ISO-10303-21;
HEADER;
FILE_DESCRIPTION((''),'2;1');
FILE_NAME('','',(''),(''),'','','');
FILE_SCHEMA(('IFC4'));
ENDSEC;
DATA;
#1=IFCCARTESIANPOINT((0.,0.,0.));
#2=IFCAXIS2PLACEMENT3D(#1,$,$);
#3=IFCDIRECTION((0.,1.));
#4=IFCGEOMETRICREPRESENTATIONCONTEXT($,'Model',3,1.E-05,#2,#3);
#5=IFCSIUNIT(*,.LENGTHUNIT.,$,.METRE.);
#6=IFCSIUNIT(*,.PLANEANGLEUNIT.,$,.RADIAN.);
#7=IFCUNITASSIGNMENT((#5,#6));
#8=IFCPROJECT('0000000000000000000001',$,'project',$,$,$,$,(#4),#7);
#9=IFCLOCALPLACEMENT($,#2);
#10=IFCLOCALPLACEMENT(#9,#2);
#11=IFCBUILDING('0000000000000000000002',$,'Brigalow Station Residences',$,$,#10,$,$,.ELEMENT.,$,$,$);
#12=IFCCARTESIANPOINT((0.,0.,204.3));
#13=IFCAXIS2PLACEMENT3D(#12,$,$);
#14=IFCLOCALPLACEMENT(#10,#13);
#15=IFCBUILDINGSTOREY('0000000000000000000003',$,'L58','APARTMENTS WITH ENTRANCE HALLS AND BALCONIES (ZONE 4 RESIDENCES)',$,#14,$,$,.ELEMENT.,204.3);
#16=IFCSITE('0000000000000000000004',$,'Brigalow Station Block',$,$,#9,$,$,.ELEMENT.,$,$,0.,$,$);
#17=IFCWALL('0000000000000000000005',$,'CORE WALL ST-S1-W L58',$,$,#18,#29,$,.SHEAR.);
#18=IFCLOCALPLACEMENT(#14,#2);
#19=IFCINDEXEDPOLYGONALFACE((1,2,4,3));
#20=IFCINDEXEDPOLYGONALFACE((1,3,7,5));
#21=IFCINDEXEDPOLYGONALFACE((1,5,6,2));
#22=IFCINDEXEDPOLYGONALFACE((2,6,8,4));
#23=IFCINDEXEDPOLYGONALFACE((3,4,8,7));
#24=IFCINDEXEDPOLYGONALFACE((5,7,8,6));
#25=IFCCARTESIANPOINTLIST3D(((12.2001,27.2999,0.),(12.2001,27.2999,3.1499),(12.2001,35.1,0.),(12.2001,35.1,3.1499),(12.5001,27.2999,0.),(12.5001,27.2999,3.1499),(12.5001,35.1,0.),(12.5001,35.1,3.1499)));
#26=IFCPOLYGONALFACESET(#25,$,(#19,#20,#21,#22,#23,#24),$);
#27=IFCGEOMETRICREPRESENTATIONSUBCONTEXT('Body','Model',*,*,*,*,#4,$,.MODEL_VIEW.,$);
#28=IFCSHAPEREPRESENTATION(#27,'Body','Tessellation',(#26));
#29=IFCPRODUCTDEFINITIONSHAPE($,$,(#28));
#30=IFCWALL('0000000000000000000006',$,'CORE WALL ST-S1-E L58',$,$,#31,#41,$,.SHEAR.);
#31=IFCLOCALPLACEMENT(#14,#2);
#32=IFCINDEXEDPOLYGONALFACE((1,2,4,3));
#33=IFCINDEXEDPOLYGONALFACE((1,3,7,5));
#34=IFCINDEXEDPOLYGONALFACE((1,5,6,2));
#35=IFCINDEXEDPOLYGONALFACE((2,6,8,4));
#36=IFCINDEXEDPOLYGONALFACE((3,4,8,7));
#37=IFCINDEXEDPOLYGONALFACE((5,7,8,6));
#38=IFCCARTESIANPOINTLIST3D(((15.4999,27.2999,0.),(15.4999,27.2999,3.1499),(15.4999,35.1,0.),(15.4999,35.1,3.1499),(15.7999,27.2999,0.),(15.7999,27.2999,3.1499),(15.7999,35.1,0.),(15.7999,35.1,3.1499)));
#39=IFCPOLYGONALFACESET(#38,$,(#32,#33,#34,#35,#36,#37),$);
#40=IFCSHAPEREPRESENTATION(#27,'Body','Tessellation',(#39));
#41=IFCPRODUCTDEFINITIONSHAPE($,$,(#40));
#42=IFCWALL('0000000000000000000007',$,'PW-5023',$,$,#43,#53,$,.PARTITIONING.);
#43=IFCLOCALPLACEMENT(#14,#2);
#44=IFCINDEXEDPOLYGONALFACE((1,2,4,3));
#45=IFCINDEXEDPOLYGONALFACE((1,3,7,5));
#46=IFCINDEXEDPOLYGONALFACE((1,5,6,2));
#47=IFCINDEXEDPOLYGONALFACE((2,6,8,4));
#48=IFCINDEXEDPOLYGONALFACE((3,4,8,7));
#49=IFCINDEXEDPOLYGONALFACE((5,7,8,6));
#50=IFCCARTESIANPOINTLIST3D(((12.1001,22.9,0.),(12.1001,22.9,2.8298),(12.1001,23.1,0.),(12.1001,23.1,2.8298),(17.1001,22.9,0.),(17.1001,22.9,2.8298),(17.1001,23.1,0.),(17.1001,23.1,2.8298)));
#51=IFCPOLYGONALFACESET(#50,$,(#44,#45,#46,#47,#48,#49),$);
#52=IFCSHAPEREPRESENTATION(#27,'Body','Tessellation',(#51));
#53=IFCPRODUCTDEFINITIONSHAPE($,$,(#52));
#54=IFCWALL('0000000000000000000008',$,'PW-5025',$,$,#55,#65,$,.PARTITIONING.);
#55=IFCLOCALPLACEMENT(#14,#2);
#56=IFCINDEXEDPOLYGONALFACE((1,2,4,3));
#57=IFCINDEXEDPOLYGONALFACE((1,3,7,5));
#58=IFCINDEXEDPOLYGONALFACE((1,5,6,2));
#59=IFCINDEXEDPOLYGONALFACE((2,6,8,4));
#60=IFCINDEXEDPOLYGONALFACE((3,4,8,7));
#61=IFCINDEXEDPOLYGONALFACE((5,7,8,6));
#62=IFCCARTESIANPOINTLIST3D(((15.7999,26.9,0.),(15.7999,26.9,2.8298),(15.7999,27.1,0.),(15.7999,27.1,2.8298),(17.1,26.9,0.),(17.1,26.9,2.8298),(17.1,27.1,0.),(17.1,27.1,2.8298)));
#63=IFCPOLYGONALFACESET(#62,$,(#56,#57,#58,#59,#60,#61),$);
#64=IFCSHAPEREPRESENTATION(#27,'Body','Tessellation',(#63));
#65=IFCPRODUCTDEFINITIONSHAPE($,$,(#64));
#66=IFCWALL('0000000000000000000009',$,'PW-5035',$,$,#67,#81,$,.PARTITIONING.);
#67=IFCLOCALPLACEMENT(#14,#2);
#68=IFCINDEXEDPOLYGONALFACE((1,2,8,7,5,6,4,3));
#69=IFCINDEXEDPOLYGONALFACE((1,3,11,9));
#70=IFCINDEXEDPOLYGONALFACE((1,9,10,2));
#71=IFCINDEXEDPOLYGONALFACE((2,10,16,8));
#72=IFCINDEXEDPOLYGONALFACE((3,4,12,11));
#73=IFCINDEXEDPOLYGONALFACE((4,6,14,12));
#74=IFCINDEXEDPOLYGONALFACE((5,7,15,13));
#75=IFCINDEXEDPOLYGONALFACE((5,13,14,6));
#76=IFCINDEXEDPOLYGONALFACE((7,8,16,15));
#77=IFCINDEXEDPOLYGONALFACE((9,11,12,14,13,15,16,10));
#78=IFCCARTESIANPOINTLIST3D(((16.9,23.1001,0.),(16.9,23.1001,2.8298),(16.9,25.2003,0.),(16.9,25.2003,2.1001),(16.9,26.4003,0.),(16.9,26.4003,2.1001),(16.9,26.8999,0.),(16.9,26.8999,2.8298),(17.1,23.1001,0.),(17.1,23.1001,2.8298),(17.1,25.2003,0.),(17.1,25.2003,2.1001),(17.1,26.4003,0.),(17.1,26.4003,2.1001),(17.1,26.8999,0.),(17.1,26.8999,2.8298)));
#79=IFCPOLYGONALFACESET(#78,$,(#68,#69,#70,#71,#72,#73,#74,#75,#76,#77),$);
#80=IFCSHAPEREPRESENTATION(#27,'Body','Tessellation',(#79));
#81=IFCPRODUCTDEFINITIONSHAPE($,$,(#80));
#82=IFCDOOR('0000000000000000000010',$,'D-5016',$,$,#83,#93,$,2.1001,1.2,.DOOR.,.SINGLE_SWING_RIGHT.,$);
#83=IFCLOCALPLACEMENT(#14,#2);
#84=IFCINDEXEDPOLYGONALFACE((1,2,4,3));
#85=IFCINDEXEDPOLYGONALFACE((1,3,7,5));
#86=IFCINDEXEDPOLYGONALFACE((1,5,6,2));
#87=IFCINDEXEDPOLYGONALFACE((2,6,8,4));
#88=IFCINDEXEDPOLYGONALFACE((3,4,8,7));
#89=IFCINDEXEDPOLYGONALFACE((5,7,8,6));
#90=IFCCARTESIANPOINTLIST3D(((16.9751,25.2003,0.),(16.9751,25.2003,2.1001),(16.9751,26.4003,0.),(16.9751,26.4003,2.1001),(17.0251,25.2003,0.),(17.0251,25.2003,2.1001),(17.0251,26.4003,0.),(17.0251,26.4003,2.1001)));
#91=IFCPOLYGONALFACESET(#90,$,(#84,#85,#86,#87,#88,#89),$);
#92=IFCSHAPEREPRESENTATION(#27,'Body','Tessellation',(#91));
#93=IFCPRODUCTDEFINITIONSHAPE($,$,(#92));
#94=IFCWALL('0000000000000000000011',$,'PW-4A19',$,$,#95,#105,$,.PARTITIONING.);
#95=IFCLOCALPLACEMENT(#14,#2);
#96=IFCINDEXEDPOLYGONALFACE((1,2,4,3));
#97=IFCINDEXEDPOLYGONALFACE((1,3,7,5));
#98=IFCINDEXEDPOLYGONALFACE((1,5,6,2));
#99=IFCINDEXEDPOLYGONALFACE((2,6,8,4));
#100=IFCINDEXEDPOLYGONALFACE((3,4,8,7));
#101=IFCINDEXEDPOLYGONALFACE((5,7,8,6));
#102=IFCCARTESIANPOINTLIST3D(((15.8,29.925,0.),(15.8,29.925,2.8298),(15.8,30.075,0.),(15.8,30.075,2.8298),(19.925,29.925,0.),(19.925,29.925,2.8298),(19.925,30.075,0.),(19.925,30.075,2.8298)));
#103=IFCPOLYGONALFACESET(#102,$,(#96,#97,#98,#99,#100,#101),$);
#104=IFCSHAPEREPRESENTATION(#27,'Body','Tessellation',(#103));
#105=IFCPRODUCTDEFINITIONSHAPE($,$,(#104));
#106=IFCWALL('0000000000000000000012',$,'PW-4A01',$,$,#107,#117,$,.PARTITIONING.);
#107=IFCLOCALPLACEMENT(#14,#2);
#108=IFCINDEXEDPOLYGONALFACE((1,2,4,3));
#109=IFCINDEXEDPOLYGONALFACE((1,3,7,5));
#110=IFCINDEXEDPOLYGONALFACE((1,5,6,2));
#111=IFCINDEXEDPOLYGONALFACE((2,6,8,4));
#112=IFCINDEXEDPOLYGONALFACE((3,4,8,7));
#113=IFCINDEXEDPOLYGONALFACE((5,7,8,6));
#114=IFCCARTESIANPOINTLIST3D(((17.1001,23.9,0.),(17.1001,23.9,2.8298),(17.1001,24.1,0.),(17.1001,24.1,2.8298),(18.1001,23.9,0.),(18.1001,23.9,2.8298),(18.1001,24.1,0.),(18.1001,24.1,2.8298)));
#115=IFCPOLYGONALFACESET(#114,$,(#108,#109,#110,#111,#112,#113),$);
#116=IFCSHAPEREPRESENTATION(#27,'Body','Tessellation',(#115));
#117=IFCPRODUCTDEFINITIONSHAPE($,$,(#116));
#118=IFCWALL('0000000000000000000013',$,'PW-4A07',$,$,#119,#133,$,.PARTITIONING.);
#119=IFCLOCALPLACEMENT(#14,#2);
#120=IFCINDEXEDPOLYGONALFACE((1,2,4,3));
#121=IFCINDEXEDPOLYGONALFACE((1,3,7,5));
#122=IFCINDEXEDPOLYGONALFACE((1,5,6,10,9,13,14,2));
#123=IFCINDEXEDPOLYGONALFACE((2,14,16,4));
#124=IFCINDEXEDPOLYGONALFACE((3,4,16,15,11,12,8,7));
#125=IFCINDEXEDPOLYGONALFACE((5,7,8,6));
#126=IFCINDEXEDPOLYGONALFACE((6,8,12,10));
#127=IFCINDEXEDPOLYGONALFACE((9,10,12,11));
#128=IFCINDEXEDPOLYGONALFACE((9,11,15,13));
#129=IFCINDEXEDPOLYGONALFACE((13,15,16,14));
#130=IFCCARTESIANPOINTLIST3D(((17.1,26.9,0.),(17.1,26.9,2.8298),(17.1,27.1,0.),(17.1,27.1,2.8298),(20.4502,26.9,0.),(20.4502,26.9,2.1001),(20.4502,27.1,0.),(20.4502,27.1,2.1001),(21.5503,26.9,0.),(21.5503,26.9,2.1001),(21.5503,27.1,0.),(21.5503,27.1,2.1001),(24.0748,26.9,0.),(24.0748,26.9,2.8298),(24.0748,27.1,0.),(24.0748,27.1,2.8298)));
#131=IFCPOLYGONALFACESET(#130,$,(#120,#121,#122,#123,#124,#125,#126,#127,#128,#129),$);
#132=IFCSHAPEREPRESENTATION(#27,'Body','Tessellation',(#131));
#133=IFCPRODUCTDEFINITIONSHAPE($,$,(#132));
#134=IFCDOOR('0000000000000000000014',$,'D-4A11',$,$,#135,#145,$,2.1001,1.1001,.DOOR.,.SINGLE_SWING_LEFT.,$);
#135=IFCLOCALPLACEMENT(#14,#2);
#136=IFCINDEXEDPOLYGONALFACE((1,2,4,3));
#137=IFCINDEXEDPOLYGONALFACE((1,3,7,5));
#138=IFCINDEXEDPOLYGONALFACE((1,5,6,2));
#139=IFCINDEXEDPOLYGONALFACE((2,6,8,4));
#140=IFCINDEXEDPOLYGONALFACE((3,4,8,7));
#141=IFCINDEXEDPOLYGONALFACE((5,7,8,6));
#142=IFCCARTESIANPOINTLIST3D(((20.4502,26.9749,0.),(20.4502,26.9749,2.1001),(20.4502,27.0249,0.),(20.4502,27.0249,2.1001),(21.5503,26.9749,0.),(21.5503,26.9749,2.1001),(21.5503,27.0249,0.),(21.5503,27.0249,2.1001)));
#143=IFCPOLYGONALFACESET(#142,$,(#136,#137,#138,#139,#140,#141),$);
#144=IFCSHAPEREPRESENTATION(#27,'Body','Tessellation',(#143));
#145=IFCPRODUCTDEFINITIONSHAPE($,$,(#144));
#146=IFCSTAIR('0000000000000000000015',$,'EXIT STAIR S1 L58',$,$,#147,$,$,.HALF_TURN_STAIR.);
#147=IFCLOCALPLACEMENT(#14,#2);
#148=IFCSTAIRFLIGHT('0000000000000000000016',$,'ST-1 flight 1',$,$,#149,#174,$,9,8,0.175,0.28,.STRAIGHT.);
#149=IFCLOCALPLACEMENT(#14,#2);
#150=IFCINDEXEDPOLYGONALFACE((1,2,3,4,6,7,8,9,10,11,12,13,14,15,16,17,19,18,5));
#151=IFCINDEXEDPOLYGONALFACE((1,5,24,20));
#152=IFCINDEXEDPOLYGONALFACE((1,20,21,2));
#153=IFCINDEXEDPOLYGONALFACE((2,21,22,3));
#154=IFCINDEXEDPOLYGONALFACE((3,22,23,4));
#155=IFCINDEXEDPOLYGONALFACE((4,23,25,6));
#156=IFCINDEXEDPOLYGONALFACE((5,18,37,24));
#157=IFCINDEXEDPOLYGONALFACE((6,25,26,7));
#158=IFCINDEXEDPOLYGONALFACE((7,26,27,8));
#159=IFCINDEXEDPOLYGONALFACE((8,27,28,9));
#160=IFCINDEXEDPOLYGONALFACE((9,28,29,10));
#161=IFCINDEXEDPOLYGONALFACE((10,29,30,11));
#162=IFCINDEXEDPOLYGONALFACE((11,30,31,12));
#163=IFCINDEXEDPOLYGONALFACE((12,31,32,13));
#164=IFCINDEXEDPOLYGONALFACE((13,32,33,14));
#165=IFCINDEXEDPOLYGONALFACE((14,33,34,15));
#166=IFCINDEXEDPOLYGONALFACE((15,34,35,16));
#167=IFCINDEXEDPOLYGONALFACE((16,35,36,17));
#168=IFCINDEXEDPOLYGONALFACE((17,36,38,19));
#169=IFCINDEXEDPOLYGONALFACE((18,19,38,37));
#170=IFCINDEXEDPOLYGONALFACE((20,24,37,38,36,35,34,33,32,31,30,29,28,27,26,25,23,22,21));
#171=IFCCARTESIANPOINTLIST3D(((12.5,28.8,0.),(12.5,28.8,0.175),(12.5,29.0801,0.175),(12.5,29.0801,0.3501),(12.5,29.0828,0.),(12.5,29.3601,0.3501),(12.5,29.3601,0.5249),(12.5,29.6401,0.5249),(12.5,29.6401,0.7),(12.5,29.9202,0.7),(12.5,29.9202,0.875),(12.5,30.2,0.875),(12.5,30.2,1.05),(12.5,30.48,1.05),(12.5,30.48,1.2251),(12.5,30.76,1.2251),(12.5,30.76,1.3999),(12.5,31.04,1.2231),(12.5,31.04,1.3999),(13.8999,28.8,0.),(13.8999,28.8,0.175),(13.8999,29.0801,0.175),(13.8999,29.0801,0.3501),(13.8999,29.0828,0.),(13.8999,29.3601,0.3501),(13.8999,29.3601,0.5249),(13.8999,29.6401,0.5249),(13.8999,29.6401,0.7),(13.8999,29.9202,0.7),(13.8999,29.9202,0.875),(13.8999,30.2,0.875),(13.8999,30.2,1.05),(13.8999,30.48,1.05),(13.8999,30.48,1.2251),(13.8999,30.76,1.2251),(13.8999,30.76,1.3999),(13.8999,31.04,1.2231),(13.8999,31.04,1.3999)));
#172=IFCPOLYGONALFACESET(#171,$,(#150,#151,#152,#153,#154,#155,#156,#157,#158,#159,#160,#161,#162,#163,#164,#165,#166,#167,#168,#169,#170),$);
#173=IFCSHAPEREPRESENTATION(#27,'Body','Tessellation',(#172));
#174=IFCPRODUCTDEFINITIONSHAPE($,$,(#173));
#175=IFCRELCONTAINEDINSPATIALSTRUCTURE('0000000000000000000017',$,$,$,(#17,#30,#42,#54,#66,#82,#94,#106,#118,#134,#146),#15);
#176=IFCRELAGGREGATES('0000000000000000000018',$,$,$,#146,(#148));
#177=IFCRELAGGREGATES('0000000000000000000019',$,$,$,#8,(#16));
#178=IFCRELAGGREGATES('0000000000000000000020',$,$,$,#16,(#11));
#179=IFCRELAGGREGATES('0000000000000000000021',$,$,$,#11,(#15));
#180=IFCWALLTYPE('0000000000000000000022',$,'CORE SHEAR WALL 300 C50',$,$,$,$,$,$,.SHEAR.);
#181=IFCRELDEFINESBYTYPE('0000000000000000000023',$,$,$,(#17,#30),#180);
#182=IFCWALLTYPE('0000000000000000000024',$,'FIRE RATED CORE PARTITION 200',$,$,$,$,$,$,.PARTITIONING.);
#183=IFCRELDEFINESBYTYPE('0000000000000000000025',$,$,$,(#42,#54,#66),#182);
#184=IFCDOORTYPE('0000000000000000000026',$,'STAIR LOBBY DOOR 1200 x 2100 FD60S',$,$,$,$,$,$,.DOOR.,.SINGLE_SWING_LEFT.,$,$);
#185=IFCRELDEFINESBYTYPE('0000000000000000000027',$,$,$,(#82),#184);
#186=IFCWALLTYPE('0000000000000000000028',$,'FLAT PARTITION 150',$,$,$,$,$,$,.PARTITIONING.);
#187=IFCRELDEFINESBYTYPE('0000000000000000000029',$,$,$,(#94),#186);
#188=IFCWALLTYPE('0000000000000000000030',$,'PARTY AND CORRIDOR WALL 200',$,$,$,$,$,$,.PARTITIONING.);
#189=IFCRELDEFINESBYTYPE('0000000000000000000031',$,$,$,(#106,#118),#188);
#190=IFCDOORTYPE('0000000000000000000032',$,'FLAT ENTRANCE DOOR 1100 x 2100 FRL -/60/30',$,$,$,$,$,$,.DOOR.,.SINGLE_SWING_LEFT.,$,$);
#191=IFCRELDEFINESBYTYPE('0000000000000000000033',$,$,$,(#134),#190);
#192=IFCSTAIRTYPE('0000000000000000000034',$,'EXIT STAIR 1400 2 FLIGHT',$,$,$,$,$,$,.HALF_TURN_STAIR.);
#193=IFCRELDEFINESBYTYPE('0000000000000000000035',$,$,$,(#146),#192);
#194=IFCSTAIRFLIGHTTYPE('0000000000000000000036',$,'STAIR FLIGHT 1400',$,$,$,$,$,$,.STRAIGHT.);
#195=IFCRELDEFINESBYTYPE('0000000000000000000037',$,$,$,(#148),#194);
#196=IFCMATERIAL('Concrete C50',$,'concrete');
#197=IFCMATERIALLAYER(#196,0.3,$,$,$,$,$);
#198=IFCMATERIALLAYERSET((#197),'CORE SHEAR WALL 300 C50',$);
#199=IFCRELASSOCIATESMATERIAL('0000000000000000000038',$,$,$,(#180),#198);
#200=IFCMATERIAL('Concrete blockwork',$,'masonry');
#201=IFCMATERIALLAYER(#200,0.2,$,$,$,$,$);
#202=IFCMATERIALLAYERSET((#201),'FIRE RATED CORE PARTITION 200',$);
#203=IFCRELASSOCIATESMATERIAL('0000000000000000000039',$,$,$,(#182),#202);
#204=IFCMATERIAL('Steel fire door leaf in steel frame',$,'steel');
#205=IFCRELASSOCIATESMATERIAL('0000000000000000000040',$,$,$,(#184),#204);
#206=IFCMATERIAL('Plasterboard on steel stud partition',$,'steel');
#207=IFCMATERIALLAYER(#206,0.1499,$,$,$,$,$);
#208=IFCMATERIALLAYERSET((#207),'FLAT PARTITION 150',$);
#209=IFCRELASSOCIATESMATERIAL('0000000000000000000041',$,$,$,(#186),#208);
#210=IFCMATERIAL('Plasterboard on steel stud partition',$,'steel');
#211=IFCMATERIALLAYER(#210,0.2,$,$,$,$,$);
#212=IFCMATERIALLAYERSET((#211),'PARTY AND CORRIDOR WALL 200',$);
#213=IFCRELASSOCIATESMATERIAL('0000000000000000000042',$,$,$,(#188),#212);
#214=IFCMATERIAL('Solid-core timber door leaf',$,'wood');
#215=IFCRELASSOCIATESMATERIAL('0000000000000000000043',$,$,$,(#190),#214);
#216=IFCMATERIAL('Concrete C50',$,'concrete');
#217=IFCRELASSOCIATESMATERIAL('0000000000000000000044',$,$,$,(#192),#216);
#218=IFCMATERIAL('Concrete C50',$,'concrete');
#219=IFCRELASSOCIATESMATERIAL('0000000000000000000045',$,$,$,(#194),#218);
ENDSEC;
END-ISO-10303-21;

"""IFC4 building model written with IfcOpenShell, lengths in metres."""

from ifc_helpers import new_model, si_unit, direction, frame, frame_2d, origin, place, context, subcontext, project, spatial, polyline, rectangle, outline, extrude, material, layer, layer_set, type_object, element, fill, aggregate, save


model = new_model("IFC4")

# Units and contexts
model_context = context("Model", 3, precision=1e-05, world=origin(), true_north=direction((0.0, 1.0)))
body_context = subcontext(model_context, "Body", "Model", "MODEL_VIEW")
ifc_project = project(units=[si_unit("LENGTHUNIT", "METRE"), si_unit("PLANEANGLEUNIT", "RADIAN")], contexts=[model_context])

# Site, building, storey
site_placement = place(None, origin())
site = spatial("IfcSite", under=ifc_project, at=site_placement, Name="Brigalow Station Block", CompositionType="ELEMENT", RefElevation=0.0)
building_placement = place(site_placement, origin())
building = spatial("IfcBuilding", under=site, at=building_placement, Name="Brigalow Station Residences", CompositionType="ELEMENT")
storey_placement = place(building_placement, frame((0.0, 0.0, 204.3)))
storey = spatial("IfcBuildingStorey", under=building, at=storey_placement, Name="L58", Description="APARTMENTS WITH ENTRANCE HALLS AND BALCONIES (ZONE 4 RESIDENCES)", CompositionType="ELEMENT", Elevation=204.3)

# Shared definitions
ifc_material_1 = material(Name="Concrete C50", Category="concrete")
ifc_layer_1 = layer(ifc_material_1, 0.3)
ifc_layer_set_1 = layer_set([ifc_layer_1], Name="CORE SHEAR WALL 300 C50")
wall_type_1 = type_object("IfcWallType", Name="CORE SHEAR WALL 300 C50", PredefinedType="SHEAR", material=ifc_layer_set_1)

# Walls
for number, where, z_axis, x_axis, name in (
    (1, (12.3501, 27.3, 0.0), (0.0, 0.0, 1.0), (0.0, 1.0, 0.0), "CORE WALL ST-S1-W L58"),
    (2, (15.6499, 27.3, 0.0), (0.0, 0.0, 1.0), (0.0, 1.0, 0.0), "CORE WALL ST-S1-E L58"),
):
    element("IfcWall", number, at=place(storey_placement, frame(where, z_axis=z_axis, x_axis=x_axis)), inside=storey, type_object=wall_type_1, Name=name, PredefinedType="SHEAR", context=body_context, shape_type="SweptSolid", body=[
        extrude(rectangle(XDim=7.8, YDim=0.3, at=frame_2d((3.8999, 0.0))), origin(), (0.0, 0.0, 1.0), 3.1499),
    ])
ifc_material_2 = material(Name="Concrete blockwork", Category="masonry")
ifc_layer_2 = layer(ifc_material_2, 0.2)
ifc_layer_set_2 = layer_set([ifc_layer_2], Name="FIRE RATED CORE PARTITION 200")
wall_type_2 = type_object("IfcWallType", Name="FIRE RATED CORE PARTITION 200", PredefinedType="PARTITIONING", material=ifc_layer_set_2)
wall_1_placement = place(storey_placement, frame((12.1001, 23.0, 0.0), z_axis=(0.0, 0.0, 1.0), x_axis=(1.0, 0.0, 0.0)))
element("IfcWall", 3, at=wall_1_placement, inside=storey, type_object=wall_type_2, Name="PW-5023", PredefinedType="PARTITIONING", context=body_context, shape_type="SweptSolid", body=[
    extrude(rectangle(XDim=5.0, YDim=0.2, at=frame_2d((2.5, 0.0))), origin(), (0.0, 0.0, 1.0), 2.8298),
])
wall_2_placement = place(storey_placement, frame((15.8, 27.0, 0.0), z_axis=(0.0, 0.0, 1.0), x_axis=(1.0, 0.0, 0.0)))
element("IfcWall", 4, at=wall_2_placement, inside=storey, type_object=wall_type_2, Name="PW-5025", PredefinedType="PARTITIONING", context=body_context, shape_type="SweptSolid", body=[
    extrude(rectangle(XDim=1.3, YDim=0.2, at=frame_2d((0.6499, 0.0))), origin(), (0.0, 0.0, 1.0), 2.8298),
])

# Wall, opening, door
wall_3_placement = place(storey_placement, frame((17.0, 23.1001, 0.0), z_axis=(0.0, 0.0, 1.0), x_axis=(0.0, 1.0, 0.0)))
wall_3 = element("IfcWall", 5, at=wall_3_placement, inside=storey, type_object=wall_type_2, Name="PW-5035", PredefinedType="PARTITIONING", context=body_context, shape_type="SweptSolid", body=[
    extrude(rectangle(XDim=3.7998, YDim=0.2, at=frame_2d((1.8999, 0.0))), origin(), (0.0, 0.0, 1.0), 2.8298),
])
opening_1_placement = place(wall_3_placement, frame((2.1001, 0.0, 0.0)))
opening_1 = element("IfcOpeningElement", 6, at=opening_1_placement, cuts=wall_3, PredefinedType="OPENING", context=body_context, shape_type="SweptSolid", body=[
    extrude(rectangle(XDim=1.2, YDim=2.1001, at=frame_2d((0.6001, 1.05))), frame((0.0, 0.1099, 0.0), z_axis=(0.0, -1.0, 0.0), x_axis=(1.0, 0.0, 0.0)), (0.0, 0.0, 1.0), 0.22),
])
ifc_material_3 = material(Name="Steel fire door leaf in steel frame", Category="steel")
door_type_1 = type_object("IfcDoorType", Name="STAIR LOBBY DOOR 1200 x 2100 FD60S", OperationType="SINGLE_SWING_LEFT", PredefinedType="DOOR", material=ifc_material_3)
door_1_placement = place(opening_1_placement, origin())
door_1 = element("IfcDoor", 7, at=door_1_placement, inside=storey, type_object=door_type_1, Name="D-5016", OperationType="SINGLE_SWING_RIGHT", OverallHeight=2.1001, OverallWidth=1.2, PredefinedType="DOOR", context=body_context, shape_type="SweptSolid", body=[
    extrude(rectangle(XDim=1.2, YDim=2.1001, at=frame_2d((0.6001, 1.05))), frame((0.0, 0.0249, 0.0), z_axis=(0.0, -1.0, 0.0), x_axis=(1.0, 0.0, 0.0)), (0.0, 0.0, 1.0), 0.05),
])
fill(opening_1, door_1)

# Walls
ifc_material_4 = material(Name="Plasterboard on steel stud partition", Category="steel")
ifc_layer_3 = layer(ifc_material_4, 0.1499)
ifc_layer_set_3 = layer_set([ifc_layer_3], Name="FLAT PARTITION 150")
wall_type_3 = type_object("IfcWallType", Name="FLAT PARTITION 150", PredefinedType="PARTITIONING", material=ifc_layer_set_3)
wall_4_placement = place(storey_placement, frame((15.8, 30.0, 0.0), z_axis=(0.0, 0.0, 1.0), x_axis=(1.0, 0.0, 0.0)))
element("IfcWall", 8, at=wall_4_placement, inside=storey, type_object=wall_type_3, Name="PW-4A19", PredefinedType="PARTITIONING", context=body_context, shape_type="SweptSolid", body=[
    extrude(rectangle(XDim=4.125, YDim=0.1499, at=frame_2d((2.0625, 0.0))), origin(), (0.0, 0.0, 1.0), 2.8298),
])
ifc_material_5 = material(Name="Plasterboard on steel stud partition", Category="steel")
ifc_layer_4 = layer(ifc_material_5, 0.2)
ifc_layer_set_4 = layer_set([ifc_layer_4], Name="PARTY AND CORRIDOR WALL 200")
wall_type_4 = type_object("IfcWallType", Name="PARTY AND CORRIDOR WALL 200", PredefinedType="PARTITIONING", material=ifc_layer_set_4)
wall_5_placement = place(storey_placement, frame((17.1001, 24.0, 0.0), z_axis=(0.0, 0.0, 1.0), x_axis=(1.0, 0.0, 0.0)))
element("IfcWall", 9, at=wall_5_placement, inside=storey, type_object=wall_type_4, Name="PW-4A01", PredefinedType="PARTITIONING", context=body_context, shape_type="SweptSolid", body=[
    extrude(rectangle(XDim=1.0, YDim=0.2, at=frame_2d((0.5, 0.0))), origin(), (0.0, 0.0, 1.0), 2.8298),
])

# Wall, opening, door
wall_6_placement = place(storey_placement, frame((17.1001, 27.0, 0.0), z_axis=(0.0, 0.0, 1.0), x_axis=(1.0, 0.0, 0.0)))
wall_6 = element("IfcWall", 10, at=wall_6_placement, inside=storey, type_object=wall_type_4, Name="PW-4A07", PredefinedType="PARTITIONING", context=body_context, shape_type="SweptSolid", body=[
    extrude(rectangle(XDim=6.9749, YDim=0.2, at=frame_2d((3.4873, 0.0))), origin(), (0.0, 0.0, 1.0), 2.8298),
])
opening_2_placement = place(wall_6_placement, frame((3.3501, 0.0, 0.0)))
opening_2 = element("IfcOpeningElement", 11, at=opening_2_placement, cuts=wall_6, PredefinedType="OPENING", context=body_context, shape_type="SweptSolid", body=[
    extrude(rectangle(XDim=1.1001, YDim=2.1001, at=frame_2d((0.55, 1.05))), frame((0.0, 0.1099, 0.0), z_axis=(0.0, -1.0, 0.0), x_axis=(1.0, 0.0, 0.0)), (0.0, 0.0, 1.0), 0.22),
])
ifc_material_6 = material(Name="Solid-core timber door leaf", Category="wood")
door_type_2 = type_object("IfcDoorType", Name="FLAT ENTRANCE DOOR 1100 x 2100 FRL -/60/30", OperationType="SINGLE_SWING_LEFT", PredefinedType="DOOR", material=ifc_material_6)
door_2_placement = place(opening_2_placement, origin())
door_2 = element("IfcDoor", 12, at=door_2_placement, inside=storey, type_object=door_type_2, Name="D-4A11", OperationType="SINGLE_SWING_LEFT", OverallHeight=2.1001, OverallWidth=1.1001, PredefinedType="DOOR", context=body_context, shape_type="SweptSolid", body=[
    extrude(rectangle(XDim=1.1001, YDim=2.1001, at=frame_2d((0.55, 1.05))), frame((0.0, 0.0249, 0.0), z_axis=(0.0, -1.0, 0.0), x_axis=(1.0, 0.0, 0.0)), (0.0, 0.0, 1.0), 0.05),
])
fill(opening_2, door_2)

# Stair, stair flight
ifc_material_7 = material(Name="Concrete C50", Category="concrete")
stair_type = type_object("IfcStairType", Name="EXIT STAIR 1400 2 FLIGHT", PredefinedType="HALF_TURN_STAIR", material=ifc_material_7)
stair_placement = place(storey_placement, origin())
stair = element("IfcStair", 13, at=stair_placement, inside=storey, type_object=stair_type, Name="EXIT STAIR S1 L58", PredefinedType="HALF_TURN_STAIR")
ifc_material_8 = material(Name="Concrete C50", Category="concrete")
stair_flight_type = type_object("IfcStairFlightType", Name="STAIR FLIGHT 1400", PredefinedType="STRAIGHT", material=ifc_material_8)
stair_flight_1_placement = place(storey_placement, frame((13.2, 28.8, 0.0), z_axis=(0.0, 0.0, 1.0), x_axis=(0.0, 1.0, 0.0)))
stair_flight_1 = element("IfcStairFlight", 14, at=stair_flight_1_placement, type_object=stair_flight_type, Name="ST-1 flight 1", NumberOfRisers=9, NumberOfTreads=8, PredefinedType="STRAIGHT", RiserHeight=0.175, TreadLength=0.28, context=body_context, shape_type="SweptSolid", body=[
    extrude(outline(polyline([(0.0, 0.0), (0.0, 0.175), (0.28, 0.175), (0.28, 0.3501), (0.5601, 0.3501), (0.5601, 0.5249), (0.8401, 0.5249), (0.8401, 0.7), (1.1201, 0.7), (1.1201, 0.875), (1.3999, 0.875), (1.3999, 1.05), (1.6799, 1.05), (1.6799, 1.2251), (1.96, 1.2251), (1.96, 1.3999), (2.24, 1.3999), (2.24, 1.575), (2.24, 1.2231), (0.2827, 0.0), (0.0, 0.0)])), frame((0.0, 0.7, 0.0), z_axis=(0.0, -1.0, 0.0), x_axis=(1.0, 0.0, 0.0)), (0.0, 0.0, 1.0), 1.3999),
])
aggregate(stair, [stair_flight_1])

save(model, "model.ifc")
